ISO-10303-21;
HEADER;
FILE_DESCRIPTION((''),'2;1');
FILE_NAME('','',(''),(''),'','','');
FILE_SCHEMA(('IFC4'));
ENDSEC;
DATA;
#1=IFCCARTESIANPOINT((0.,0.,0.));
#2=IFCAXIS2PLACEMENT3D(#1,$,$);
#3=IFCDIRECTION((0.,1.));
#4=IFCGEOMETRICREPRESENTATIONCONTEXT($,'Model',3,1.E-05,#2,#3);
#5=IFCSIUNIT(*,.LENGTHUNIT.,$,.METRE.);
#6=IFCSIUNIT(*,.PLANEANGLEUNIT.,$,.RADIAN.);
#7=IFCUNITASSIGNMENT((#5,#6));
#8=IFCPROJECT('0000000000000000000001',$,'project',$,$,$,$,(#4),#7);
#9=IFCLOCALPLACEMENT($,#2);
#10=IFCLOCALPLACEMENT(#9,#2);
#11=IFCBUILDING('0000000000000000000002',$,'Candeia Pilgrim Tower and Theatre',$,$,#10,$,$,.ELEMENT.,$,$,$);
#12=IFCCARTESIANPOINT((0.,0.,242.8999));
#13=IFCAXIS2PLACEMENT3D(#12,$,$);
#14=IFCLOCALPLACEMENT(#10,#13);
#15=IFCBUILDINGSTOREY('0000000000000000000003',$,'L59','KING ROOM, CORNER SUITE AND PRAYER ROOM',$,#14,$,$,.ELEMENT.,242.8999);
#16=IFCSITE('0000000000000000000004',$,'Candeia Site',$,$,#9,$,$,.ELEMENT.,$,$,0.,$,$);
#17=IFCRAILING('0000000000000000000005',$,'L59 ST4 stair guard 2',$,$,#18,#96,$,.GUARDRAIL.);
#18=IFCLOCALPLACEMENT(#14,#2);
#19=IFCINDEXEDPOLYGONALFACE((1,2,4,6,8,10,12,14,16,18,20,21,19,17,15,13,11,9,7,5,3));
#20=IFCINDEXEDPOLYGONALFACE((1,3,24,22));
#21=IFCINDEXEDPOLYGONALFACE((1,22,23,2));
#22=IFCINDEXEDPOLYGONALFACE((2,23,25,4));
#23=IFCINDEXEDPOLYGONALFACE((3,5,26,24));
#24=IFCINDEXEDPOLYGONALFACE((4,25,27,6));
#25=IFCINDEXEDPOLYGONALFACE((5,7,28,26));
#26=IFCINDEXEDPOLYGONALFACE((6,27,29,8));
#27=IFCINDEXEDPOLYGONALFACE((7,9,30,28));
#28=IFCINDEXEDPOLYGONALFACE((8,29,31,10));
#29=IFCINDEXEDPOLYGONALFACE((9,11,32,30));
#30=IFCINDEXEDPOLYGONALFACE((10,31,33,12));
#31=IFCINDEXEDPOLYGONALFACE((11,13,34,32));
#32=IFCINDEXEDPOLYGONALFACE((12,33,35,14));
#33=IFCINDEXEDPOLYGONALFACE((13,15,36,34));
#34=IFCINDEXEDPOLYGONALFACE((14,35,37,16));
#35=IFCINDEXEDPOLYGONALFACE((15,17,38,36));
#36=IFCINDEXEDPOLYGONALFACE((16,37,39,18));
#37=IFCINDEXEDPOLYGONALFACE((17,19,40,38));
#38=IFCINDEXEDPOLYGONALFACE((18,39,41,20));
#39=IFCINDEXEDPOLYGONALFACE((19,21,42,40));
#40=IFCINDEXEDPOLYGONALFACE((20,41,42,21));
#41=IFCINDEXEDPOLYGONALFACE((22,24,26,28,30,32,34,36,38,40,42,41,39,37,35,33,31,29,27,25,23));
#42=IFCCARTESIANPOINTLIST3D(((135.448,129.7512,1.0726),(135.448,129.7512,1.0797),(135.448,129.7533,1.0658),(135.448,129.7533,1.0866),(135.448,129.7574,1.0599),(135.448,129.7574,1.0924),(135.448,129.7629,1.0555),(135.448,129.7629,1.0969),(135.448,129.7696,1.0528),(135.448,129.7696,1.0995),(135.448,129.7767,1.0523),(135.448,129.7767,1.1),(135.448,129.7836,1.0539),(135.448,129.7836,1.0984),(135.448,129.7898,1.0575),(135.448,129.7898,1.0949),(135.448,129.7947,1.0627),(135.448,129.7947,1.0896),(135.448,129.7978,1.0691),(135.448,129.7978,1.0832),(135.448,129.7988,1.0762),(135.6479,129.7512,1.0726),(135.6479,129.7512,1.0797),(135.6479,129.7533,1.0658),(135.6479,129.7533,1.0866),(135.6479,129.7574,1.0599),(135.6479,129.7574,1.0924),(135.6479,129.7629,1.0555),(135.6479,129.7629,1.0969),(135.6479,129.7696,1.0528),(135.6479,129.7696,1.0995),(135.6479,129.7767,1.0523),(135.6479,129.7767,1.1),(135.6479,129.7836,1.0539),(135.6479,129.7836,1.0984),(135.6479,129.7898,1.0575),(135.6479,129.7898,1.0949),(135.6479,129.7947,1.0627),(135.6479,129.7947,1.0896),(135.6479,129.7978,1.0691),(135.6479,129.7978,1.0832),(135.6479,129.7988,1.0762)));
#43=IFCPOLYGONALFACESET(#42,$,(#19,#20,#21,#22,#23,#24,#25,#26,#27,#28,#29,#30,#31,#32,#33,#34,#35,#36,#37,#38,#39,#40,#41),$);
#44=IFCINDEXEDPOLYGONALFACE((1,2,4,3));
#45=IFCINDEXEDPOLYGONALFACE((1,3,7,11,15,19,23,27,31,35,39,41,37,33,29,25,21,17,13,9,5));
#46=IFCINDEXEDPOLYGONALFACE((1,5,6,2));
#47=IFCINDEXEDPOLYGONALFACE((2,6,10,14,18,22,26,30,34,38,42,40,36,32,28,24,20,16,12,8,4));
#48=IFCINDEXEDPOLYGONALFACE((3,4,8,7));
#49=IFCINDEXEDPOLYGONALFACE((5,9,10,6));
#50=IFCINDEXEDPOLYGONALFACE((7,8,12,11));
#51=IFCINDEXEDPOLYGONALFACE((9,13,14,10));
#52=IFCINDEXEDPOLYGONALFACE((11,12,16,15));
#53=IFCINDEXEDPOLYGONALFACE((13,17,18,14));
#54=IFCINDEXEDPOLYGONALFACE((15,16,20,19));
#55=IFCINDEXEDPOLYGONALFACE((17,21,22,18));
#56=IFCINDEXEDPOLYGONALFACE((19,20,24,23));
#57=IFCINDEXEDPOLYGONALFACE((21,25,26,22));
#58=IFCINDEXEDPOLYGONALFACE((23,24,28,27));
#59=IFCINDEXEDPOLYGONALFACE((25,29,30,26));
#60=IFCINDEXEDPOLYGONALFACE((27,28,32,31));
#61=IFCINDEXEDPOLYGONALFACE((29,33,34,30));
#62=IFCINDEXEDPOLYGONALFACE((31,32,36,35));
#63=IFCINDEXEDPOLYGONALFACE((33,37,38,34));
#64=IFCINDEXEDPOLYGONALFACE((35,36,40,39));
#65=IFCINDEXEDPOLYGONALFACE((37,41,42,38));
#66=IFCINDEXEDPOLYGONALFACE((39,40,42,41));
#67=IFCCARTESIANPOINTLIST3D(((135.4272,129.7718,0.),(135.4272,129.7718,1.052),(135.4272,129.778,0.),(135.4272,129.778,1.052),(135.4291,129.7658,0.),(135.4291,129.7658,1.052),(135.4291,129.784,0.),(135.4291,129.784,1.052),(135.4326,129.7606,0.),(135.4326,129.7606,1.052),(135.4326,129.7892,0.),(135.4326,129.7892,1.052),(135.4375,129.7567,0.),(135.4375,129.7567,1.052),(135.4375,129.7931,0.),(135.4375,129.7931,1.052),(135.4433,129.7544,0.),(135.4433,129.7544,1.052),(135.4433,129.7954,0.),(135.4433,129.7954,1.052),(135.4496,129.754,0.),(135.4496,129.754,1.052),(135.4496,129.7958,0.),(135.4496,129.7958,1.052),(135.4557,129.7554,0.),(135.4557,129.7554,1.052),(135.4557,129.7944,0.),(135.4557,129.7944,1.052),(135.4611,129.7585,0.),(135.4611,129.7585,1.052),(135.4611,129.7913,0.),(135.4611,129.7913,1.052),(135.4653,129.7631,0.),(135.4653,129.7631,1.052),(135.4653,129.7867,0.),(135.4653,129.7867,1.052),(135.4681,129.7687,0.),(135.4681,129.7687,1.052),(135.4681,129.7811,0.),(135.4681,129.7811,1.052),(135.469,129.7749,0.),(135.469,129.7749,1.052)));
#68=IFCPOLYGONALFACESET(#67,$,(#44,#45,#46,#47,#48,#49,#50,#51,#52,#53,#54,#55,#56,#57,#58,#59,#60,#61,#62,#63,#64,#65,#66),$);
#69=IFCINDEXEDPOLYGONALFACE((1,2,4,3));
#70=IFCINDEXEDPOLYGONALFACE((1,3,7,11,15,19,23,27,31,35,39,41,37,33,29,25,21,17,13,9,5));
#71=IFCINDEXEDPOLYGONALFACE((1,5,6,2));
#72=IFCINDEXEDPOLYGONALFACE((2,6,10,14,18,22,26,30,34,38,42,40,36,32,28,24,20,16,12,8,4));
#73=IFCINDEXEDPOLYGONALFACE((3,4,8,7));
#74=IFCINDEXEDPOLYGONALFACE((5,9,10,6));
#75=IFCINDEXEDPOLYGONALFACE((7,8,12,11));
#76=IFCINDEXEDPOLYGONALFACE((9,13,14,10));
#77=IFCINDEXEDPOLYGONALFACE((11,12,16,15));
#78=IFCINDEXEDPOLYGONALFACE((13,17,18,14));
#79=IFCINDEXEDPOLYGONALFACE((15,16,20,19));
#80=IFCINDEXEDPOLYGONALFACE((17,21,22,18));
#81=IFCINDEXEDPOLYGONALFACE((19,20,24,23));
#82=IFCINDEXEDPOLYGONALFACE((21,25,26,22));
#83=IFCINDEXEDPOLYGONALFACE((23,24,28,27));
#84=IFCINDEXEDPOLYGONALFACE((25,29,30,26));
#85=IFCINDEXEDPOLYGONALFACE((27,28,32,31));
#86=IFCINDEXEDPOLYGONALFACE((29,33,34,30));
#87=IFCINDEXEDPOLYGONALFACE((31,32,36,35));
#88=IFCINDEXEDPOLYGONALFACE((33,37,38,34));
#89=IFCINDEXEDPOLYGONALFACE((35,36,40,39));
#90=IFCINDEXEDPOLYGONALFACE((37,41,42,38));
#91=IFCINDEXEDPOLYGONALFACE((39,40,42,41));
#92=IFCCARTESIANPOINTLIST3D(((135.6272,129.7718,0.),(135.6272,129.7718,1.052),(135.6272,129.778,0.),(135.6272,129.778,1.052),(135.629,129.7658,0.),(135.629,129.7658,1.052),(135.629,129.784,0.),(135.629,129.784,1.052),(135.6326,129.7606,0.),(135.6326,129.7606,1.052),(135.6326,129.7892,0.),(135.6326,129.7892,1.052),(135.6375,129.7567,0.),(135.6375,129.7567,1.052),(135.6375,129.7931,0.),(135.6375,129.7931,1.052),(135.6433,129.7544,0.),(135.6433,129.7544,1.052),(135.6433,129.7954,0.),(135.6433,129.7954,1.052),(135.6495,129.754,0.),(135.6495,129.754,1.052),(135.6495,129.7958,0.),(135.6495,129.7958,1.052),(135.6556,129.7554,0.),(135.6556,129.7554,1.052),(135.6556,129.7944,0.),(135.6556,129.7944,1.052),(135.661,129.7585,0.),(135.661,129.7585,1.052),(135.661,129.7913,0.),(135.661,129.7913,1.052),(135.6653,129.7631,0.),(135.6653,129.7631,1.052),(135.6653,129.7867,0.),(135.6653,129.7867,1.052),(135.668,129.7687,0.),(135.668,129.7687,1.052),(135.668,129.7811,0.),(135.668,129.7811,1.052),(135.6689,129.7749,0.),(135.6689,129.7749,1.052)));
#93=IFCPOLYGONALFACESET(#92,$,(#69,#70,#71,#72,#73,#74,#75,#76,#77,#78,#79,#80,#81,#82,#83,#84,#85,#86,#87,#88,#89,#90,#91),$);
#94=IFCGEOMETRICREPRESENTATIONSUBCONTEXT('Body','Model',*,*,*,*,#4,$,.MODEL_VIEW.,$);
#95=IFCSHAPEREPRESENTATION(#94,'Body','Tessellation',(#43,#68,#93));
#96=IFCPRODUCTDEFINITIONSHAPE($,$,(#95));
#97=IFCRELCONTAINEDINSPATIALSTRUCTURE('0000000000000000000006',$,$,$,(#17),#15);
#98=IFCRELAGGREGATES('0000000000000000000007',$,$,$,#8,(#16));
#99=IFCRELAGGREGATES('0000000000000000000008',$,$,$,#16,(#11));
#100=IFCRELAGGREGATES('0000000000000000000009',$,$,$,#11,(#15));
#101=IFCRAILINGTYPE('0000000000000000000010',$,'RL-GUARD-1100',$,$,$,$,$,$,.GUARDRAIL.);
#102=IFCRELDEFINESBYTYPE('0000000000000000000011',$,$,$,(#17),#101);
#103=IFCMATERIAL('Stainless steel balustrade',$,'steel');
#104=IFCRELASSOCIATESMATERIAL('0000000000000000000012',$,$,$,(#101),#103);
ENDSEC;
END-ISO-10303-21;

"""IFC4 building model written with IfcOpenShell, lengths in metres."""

from ifc_helpers import new_model, si_unit, direction, frame, origin, origin_2d, place, context, subcontext, project, spatial, circle, extrude, material, type_object, element, save


model = new_model("IFC4")

# Units and contexts
model_context = context("Model", 3, precision=1e-05, world=origin(), true_north=direction((0.0, 1.0)))
body_context = subcontext(model_context, "Body", "Model", "MODEL_VIEW")
ifc_project = project(units=[si_unit("LENGTHUNIT", "METRE"), si_unit("PLANEANGLEUNIT", "RADIAN")], contexts=[model_context])

# Site, building, storey
site_placement = place(None, origin())
site = spatial("IfcSite", under=ifc_project, at=site_placement, Name="Candeia Site", CompositionType="ELEMENT", RefElevation=0.0)
building_placement = place(site_placement, origin())
building = spatial("IfcBuilding", under=site, at=building_placement, Name="Candeia Pilgrim Tower and Theatre", CompositionType="ELEMENT")
storey_placement = place(building_placement, frame((0.0, 0.0, 242.8999)))
storey = spatial("IfcBuildingStorey", under=building, at=storey_placement, Name="L59", Description="KING ROOM, CORNER SUITE AND PRAYER ROOM", CompositionType="ELEMENT", Elevation=242.8999)

# Railing
ifc_material_1 = material(Name="Stainless steel balustrade", Category="steel")
railing_type_1 = type_object("IfcRailingType", Name="RL-GUARD-1100", PredefinedType="GUARDRAIL", material=ifc_material_1)
railing_1_placement = place(storey_placement, frame((135.448, 129.7749, 0.0)))
element("IfcRailing", 1, at=railing_1_placement, inside=storey, type_object=railing_type_1, Name="L59 ST4 stair guard 2", PredefinedType="GUARDRAIL", context=body_context, shape_type="SweptSolid", body=[
    extrude(circle(Radius=0.0239, at=origin_2d()), frame((0.0, 0.0, 1.0762), z_axis=(1.0, 0.0, 0.0), x_axis=(0.0, 1.0, 0.0)), (0.0, 0.0, 1.0), 0.2),
    extrude(circle(Radius=0.021, at=origin_2d()), origin(), (0.0, 0.0, 1.0), 1.052),
    extrude(circle(Radius=0.021, at=origin_2d()), frame((0.2, 0.0, 0.0)), (0.0, 0.0, 1.0), 1.052),
])

save(model, "model.ifc")
